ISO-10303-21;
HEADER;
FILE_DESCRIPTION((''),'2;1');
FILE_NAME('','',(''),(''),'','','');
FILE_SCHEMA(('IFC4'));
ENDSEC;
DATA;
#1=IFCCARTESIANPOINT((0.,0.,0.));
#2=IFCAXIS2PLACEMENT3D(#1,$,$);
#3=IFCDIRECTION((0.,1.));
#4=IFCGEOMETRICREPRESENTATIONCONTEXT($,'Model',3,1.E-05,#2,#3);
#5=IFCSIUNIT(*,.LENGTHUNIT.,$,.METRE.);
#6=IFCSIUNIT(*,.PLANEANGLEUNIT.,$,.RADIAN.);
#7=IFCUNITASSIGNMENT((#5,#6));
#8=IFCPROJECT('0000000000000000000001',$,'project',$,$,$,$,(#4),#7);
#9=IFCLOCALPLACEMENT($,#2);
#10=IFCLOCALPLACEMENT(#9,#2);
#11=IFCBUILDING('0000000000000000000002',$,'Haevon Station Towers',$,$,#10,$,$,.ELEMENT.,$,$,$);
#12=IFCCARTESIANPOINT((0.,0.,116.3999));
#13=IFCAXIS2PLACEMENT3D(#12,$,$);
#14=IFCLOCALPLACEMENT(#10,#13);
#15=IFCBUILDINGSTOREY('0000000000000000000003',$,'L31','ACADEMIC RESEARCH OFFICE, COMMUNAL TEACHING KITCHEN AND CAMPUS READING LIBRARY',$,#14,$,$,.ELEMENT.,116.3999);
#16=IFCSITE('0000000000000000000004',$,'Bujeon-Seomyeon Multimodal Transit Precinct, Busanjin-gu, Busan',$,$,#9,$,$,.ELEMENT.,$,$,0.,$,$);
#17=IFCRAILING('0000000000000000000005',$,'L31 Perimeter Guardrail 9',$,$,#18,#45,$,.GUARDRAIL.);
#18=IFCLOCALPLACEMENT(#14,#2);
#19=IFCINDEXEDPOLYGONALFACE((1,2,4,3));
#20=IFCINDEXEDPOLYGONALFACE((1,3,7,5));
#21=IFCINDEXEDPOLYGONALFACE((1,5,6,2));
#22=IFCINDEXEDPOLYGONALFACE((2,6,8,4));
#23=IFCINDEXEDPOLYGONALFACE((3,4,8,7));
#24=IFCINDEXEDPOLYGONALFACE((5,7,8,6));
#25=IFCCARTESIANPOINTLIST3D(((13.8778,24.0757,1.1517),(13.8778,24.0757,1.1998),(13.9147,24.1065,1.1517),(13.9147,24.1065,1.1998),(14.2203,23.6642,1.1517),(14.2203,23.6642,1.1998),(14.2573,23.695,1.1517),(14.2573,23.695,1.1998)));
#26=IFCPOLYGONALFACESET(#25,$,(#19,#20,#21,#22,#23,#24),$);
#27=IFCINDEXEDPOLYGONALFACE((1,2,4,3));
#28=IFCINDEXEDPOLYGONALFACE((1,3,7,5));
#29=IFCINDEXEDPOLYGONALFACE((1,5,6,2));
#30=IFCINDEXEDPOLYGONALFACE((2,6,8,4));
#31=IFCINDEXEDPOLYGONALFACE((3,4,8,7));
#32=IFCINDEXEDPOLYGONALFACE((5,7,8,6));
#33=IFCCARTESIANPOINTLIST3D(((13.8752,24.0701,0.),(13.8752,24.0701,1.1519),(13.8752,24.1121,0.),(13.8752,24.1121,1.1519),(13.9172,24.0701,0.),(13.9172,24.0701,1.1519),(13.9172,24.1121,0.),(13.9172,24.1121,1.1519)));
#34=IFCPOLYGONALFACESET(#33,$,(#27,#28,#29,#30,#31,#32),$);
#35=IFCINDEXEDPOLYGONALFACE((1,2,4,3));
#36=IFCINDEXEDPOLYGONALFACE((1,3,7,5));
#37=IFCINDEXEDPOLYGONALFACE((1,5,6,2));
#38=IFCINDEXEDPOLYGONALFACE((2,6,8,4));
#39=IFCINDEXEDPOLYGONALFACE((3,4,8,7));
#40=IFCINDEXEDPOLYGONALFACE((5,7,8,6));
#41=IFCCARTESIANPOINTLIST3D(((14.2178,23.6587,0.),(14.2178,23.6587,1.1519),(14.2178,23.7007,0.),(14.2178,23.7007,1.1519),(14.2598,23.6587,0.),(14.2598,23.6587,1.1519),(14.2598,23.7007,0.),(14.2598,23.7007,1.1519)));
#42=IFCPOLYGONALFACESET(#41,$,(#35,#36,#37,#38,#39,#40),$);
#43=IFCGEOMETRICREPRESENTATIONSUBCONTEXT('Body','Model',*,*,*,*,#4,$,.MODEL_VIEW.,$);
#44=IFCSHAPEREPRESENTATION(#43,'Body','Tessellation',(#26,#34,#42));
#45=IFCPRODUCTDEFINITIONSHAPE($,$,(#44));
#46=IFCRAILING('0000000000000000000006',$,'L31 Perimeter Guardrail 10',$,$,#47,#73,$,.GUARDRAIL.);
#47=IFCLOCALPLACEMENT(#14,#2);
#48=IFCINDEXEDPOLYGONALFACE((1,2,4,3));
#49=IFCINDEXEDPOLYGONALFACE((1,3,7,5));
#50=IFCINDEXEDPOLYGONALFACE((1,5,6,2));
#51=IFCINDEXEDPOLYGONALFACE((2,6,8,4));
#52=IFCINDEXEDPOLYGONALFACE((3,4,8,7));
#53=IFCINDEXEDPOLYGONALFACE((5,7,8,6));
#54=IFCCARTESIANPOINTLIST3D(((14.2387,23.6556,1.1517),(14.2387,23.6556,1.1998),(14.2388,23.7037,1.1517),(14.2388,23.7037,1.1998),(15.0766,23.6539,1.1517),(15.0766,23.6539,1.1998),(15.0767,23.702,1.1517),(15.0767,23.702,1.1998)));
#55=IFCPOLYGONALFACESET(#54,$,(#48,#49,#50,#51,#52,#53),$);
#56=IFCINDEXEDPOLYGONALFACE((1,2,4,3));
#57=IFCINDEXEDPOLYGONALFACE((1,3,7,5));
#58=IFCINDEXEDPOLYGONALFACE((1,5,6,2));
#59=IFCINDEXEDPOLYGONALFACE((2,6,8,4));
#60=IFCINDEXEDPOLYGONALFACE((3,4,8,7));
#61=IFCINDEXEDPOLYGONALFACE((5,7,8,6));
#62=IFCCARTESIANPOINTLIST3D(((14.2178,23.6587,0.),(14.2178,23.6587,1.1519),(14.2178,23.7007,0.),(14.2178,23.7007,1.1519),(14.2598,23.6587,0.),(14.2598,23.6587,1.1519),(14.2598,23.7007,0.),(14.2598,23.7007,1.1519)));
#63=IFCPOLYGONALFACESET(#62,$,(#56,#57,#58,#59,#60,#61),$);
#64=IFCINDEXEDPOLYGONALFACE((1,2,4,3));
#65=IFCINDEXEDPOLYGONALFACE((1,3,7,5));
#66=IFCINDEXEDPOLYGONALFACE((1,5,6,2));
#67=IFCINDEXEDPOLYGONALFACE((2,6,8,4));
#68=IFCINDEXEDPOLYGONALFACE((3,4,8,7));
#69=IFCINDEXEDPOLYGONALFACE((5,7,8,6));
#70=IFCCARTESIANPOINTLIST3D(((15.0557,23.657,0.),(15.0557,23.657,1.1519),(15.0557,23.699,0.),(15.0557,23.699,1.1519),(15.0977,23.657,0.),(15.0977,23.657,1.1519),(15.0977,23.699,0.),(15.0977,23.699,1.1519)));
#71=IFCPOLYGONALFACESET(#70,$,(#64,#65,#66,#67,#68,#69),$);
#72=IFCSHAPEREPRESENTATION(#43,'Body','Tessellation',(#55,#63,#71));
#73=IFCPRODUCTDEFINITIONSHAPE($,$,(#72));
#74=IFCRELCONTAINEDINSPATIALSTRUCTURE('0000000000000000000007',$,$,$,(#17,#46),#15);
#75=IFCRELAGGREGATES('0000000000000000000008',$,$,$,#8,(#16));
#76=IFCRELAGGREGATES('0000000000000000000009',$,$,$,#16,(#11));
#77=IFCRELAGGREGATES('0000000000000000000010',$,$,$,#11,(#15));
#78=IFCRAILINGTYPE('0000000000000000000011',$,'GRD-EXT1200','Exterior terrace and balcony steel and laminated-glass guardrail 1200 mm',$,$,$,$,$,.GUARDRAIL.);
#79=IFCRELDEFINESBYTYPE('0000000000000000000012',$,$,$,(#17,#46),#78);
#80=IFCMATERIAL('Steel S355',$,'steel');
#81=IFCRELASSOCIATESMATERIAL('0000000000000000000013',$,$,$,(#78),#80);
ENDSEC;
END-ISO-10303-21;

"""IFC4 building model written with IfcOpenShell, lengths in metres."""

from ifc_helpers import new_model, si_unit, direction, frame, origin, origin_2d, place, context, subcontext, project, spatial, rectangle, extrude, material, type_object, element, save


model = new_model("IFC4")

# Units and contexts
model_context = context("Model", 3, precision=1e-05, world=origin(), true_north=direction((0.0, 1.0)))
body_context = subcontext(model_context, "Body", "Model", "MODEL_VIEW")
ifc_project = project(units=[si_unit("LENGTHUNIT", "METRE"), si_unit("PLANEANGLEUNIT", "RADIAN")], contexts=[model_context])

# Site, building, storey
site_placement = place(None, origin())
site = spatial("IfcSite", under=ifc_project, at=site_placement, Name="Bujeon-Seomyeon Multimodal Transit Precinct, Busanjin-gu, Busan", CompositionType="ELEMENT", RefElevation=0.0)
building_placement = place(site_placement, origin())
building = spatial("IfcBuilding", under=site, at=building_placement, Name="Haevon Station Towers", CompositionType="ELEMENT")
storey_placement = place(building_placement, frame((0.0, 0.0, 116.3999)))
storey = spatial("IfcBuildingStorey", under=building, at=storey_placement, Name="L31", Description="ACADEMIC RESEARCH OFFICE, COMMUNAL TEACHING KITCHEN AND CAMPUS READING LIBRARY", CompositionType="ELEMENT", Elevation=116.3999)

# Shared definitions
ifc_material_1 = material(Name="Steel S355", Category="steel")

# Railings
railing_type = type_object("IfcRailingType", Name="GRD-EXT1200", Description="Exterior terrace and balcony steel and laminated-glass guardrail 1200 mm", PredefinedType="GUARDRAIL", material=ifc_material_1)
railing_1_placement = place(storey_placement, frame((13.8962, 24.0911, 0.0)))
element("IfcRailing", 1, at=railing_1_placement, inside=storey, type_object=railing_type, Name="L31 Perimeter Guardrail 9", PredefinedType="GUARDRAIL", context=body_context, shape_type="SweptSolid", body=[
    extrude(rectangle(XDim=0.0481, YDim=0.0481, at=origin_2d()), frame((0.0, 0.0, 1.1758), z_axis=(0.63987, -0.768483, 0.0), x_axis=(0.768483, 0.63987, 0.0)), (0.0, 0.0, 1.0), 0.5354),
    extrude(rectangle(XDim=0.042, YDim=0.042, at=origin_2d()), origin(), (0.0, 0.0, 1.0), 1.1519),
    extrude(rectangle(XDim=0.042, YDim=0.042, at=origin_2d()), frame((0.3425, -0.4114, 0.0)), (0.0, 0.0, 1.0), 1.1519),
])
railing_2_placement = place(storey_placement, frame((14.2388, 23.6797, 0.0)))
element("IfcRailing", 2, at=railing_2_placement, inside=storey, type_object=railing_type, Name="L31 Perimeter Guardrail 10", PredefinedType="GUARDRAIL", context=body_context, shape_type="SweptSolid", body=[
    extrude(rectangle(XDim=0.0481, YDim=0.0481, at=origin_2d()), frame((0.0, 0.0, 1.1758), z_axis=(0.999998, -0.00204, 0.0), x_axis=(0.00204, 0.999998, 0.0)), (0.0, 0.0, 1.0), 0.8379),
    extrude(rectangle(XDim=0.042, YDim=0.042, at=origin_2d()), origin(), (0.0, 0.0, 1.0), 1.1519),
    extrude(rectangle(XDim=0.042, YDim=0.042, at=origin_2d()), frame((0.8379, -0.0017, 0.0)), (0.0, 0.0, 1.0), 1.1519),
])

save(model, "model.ifc")
